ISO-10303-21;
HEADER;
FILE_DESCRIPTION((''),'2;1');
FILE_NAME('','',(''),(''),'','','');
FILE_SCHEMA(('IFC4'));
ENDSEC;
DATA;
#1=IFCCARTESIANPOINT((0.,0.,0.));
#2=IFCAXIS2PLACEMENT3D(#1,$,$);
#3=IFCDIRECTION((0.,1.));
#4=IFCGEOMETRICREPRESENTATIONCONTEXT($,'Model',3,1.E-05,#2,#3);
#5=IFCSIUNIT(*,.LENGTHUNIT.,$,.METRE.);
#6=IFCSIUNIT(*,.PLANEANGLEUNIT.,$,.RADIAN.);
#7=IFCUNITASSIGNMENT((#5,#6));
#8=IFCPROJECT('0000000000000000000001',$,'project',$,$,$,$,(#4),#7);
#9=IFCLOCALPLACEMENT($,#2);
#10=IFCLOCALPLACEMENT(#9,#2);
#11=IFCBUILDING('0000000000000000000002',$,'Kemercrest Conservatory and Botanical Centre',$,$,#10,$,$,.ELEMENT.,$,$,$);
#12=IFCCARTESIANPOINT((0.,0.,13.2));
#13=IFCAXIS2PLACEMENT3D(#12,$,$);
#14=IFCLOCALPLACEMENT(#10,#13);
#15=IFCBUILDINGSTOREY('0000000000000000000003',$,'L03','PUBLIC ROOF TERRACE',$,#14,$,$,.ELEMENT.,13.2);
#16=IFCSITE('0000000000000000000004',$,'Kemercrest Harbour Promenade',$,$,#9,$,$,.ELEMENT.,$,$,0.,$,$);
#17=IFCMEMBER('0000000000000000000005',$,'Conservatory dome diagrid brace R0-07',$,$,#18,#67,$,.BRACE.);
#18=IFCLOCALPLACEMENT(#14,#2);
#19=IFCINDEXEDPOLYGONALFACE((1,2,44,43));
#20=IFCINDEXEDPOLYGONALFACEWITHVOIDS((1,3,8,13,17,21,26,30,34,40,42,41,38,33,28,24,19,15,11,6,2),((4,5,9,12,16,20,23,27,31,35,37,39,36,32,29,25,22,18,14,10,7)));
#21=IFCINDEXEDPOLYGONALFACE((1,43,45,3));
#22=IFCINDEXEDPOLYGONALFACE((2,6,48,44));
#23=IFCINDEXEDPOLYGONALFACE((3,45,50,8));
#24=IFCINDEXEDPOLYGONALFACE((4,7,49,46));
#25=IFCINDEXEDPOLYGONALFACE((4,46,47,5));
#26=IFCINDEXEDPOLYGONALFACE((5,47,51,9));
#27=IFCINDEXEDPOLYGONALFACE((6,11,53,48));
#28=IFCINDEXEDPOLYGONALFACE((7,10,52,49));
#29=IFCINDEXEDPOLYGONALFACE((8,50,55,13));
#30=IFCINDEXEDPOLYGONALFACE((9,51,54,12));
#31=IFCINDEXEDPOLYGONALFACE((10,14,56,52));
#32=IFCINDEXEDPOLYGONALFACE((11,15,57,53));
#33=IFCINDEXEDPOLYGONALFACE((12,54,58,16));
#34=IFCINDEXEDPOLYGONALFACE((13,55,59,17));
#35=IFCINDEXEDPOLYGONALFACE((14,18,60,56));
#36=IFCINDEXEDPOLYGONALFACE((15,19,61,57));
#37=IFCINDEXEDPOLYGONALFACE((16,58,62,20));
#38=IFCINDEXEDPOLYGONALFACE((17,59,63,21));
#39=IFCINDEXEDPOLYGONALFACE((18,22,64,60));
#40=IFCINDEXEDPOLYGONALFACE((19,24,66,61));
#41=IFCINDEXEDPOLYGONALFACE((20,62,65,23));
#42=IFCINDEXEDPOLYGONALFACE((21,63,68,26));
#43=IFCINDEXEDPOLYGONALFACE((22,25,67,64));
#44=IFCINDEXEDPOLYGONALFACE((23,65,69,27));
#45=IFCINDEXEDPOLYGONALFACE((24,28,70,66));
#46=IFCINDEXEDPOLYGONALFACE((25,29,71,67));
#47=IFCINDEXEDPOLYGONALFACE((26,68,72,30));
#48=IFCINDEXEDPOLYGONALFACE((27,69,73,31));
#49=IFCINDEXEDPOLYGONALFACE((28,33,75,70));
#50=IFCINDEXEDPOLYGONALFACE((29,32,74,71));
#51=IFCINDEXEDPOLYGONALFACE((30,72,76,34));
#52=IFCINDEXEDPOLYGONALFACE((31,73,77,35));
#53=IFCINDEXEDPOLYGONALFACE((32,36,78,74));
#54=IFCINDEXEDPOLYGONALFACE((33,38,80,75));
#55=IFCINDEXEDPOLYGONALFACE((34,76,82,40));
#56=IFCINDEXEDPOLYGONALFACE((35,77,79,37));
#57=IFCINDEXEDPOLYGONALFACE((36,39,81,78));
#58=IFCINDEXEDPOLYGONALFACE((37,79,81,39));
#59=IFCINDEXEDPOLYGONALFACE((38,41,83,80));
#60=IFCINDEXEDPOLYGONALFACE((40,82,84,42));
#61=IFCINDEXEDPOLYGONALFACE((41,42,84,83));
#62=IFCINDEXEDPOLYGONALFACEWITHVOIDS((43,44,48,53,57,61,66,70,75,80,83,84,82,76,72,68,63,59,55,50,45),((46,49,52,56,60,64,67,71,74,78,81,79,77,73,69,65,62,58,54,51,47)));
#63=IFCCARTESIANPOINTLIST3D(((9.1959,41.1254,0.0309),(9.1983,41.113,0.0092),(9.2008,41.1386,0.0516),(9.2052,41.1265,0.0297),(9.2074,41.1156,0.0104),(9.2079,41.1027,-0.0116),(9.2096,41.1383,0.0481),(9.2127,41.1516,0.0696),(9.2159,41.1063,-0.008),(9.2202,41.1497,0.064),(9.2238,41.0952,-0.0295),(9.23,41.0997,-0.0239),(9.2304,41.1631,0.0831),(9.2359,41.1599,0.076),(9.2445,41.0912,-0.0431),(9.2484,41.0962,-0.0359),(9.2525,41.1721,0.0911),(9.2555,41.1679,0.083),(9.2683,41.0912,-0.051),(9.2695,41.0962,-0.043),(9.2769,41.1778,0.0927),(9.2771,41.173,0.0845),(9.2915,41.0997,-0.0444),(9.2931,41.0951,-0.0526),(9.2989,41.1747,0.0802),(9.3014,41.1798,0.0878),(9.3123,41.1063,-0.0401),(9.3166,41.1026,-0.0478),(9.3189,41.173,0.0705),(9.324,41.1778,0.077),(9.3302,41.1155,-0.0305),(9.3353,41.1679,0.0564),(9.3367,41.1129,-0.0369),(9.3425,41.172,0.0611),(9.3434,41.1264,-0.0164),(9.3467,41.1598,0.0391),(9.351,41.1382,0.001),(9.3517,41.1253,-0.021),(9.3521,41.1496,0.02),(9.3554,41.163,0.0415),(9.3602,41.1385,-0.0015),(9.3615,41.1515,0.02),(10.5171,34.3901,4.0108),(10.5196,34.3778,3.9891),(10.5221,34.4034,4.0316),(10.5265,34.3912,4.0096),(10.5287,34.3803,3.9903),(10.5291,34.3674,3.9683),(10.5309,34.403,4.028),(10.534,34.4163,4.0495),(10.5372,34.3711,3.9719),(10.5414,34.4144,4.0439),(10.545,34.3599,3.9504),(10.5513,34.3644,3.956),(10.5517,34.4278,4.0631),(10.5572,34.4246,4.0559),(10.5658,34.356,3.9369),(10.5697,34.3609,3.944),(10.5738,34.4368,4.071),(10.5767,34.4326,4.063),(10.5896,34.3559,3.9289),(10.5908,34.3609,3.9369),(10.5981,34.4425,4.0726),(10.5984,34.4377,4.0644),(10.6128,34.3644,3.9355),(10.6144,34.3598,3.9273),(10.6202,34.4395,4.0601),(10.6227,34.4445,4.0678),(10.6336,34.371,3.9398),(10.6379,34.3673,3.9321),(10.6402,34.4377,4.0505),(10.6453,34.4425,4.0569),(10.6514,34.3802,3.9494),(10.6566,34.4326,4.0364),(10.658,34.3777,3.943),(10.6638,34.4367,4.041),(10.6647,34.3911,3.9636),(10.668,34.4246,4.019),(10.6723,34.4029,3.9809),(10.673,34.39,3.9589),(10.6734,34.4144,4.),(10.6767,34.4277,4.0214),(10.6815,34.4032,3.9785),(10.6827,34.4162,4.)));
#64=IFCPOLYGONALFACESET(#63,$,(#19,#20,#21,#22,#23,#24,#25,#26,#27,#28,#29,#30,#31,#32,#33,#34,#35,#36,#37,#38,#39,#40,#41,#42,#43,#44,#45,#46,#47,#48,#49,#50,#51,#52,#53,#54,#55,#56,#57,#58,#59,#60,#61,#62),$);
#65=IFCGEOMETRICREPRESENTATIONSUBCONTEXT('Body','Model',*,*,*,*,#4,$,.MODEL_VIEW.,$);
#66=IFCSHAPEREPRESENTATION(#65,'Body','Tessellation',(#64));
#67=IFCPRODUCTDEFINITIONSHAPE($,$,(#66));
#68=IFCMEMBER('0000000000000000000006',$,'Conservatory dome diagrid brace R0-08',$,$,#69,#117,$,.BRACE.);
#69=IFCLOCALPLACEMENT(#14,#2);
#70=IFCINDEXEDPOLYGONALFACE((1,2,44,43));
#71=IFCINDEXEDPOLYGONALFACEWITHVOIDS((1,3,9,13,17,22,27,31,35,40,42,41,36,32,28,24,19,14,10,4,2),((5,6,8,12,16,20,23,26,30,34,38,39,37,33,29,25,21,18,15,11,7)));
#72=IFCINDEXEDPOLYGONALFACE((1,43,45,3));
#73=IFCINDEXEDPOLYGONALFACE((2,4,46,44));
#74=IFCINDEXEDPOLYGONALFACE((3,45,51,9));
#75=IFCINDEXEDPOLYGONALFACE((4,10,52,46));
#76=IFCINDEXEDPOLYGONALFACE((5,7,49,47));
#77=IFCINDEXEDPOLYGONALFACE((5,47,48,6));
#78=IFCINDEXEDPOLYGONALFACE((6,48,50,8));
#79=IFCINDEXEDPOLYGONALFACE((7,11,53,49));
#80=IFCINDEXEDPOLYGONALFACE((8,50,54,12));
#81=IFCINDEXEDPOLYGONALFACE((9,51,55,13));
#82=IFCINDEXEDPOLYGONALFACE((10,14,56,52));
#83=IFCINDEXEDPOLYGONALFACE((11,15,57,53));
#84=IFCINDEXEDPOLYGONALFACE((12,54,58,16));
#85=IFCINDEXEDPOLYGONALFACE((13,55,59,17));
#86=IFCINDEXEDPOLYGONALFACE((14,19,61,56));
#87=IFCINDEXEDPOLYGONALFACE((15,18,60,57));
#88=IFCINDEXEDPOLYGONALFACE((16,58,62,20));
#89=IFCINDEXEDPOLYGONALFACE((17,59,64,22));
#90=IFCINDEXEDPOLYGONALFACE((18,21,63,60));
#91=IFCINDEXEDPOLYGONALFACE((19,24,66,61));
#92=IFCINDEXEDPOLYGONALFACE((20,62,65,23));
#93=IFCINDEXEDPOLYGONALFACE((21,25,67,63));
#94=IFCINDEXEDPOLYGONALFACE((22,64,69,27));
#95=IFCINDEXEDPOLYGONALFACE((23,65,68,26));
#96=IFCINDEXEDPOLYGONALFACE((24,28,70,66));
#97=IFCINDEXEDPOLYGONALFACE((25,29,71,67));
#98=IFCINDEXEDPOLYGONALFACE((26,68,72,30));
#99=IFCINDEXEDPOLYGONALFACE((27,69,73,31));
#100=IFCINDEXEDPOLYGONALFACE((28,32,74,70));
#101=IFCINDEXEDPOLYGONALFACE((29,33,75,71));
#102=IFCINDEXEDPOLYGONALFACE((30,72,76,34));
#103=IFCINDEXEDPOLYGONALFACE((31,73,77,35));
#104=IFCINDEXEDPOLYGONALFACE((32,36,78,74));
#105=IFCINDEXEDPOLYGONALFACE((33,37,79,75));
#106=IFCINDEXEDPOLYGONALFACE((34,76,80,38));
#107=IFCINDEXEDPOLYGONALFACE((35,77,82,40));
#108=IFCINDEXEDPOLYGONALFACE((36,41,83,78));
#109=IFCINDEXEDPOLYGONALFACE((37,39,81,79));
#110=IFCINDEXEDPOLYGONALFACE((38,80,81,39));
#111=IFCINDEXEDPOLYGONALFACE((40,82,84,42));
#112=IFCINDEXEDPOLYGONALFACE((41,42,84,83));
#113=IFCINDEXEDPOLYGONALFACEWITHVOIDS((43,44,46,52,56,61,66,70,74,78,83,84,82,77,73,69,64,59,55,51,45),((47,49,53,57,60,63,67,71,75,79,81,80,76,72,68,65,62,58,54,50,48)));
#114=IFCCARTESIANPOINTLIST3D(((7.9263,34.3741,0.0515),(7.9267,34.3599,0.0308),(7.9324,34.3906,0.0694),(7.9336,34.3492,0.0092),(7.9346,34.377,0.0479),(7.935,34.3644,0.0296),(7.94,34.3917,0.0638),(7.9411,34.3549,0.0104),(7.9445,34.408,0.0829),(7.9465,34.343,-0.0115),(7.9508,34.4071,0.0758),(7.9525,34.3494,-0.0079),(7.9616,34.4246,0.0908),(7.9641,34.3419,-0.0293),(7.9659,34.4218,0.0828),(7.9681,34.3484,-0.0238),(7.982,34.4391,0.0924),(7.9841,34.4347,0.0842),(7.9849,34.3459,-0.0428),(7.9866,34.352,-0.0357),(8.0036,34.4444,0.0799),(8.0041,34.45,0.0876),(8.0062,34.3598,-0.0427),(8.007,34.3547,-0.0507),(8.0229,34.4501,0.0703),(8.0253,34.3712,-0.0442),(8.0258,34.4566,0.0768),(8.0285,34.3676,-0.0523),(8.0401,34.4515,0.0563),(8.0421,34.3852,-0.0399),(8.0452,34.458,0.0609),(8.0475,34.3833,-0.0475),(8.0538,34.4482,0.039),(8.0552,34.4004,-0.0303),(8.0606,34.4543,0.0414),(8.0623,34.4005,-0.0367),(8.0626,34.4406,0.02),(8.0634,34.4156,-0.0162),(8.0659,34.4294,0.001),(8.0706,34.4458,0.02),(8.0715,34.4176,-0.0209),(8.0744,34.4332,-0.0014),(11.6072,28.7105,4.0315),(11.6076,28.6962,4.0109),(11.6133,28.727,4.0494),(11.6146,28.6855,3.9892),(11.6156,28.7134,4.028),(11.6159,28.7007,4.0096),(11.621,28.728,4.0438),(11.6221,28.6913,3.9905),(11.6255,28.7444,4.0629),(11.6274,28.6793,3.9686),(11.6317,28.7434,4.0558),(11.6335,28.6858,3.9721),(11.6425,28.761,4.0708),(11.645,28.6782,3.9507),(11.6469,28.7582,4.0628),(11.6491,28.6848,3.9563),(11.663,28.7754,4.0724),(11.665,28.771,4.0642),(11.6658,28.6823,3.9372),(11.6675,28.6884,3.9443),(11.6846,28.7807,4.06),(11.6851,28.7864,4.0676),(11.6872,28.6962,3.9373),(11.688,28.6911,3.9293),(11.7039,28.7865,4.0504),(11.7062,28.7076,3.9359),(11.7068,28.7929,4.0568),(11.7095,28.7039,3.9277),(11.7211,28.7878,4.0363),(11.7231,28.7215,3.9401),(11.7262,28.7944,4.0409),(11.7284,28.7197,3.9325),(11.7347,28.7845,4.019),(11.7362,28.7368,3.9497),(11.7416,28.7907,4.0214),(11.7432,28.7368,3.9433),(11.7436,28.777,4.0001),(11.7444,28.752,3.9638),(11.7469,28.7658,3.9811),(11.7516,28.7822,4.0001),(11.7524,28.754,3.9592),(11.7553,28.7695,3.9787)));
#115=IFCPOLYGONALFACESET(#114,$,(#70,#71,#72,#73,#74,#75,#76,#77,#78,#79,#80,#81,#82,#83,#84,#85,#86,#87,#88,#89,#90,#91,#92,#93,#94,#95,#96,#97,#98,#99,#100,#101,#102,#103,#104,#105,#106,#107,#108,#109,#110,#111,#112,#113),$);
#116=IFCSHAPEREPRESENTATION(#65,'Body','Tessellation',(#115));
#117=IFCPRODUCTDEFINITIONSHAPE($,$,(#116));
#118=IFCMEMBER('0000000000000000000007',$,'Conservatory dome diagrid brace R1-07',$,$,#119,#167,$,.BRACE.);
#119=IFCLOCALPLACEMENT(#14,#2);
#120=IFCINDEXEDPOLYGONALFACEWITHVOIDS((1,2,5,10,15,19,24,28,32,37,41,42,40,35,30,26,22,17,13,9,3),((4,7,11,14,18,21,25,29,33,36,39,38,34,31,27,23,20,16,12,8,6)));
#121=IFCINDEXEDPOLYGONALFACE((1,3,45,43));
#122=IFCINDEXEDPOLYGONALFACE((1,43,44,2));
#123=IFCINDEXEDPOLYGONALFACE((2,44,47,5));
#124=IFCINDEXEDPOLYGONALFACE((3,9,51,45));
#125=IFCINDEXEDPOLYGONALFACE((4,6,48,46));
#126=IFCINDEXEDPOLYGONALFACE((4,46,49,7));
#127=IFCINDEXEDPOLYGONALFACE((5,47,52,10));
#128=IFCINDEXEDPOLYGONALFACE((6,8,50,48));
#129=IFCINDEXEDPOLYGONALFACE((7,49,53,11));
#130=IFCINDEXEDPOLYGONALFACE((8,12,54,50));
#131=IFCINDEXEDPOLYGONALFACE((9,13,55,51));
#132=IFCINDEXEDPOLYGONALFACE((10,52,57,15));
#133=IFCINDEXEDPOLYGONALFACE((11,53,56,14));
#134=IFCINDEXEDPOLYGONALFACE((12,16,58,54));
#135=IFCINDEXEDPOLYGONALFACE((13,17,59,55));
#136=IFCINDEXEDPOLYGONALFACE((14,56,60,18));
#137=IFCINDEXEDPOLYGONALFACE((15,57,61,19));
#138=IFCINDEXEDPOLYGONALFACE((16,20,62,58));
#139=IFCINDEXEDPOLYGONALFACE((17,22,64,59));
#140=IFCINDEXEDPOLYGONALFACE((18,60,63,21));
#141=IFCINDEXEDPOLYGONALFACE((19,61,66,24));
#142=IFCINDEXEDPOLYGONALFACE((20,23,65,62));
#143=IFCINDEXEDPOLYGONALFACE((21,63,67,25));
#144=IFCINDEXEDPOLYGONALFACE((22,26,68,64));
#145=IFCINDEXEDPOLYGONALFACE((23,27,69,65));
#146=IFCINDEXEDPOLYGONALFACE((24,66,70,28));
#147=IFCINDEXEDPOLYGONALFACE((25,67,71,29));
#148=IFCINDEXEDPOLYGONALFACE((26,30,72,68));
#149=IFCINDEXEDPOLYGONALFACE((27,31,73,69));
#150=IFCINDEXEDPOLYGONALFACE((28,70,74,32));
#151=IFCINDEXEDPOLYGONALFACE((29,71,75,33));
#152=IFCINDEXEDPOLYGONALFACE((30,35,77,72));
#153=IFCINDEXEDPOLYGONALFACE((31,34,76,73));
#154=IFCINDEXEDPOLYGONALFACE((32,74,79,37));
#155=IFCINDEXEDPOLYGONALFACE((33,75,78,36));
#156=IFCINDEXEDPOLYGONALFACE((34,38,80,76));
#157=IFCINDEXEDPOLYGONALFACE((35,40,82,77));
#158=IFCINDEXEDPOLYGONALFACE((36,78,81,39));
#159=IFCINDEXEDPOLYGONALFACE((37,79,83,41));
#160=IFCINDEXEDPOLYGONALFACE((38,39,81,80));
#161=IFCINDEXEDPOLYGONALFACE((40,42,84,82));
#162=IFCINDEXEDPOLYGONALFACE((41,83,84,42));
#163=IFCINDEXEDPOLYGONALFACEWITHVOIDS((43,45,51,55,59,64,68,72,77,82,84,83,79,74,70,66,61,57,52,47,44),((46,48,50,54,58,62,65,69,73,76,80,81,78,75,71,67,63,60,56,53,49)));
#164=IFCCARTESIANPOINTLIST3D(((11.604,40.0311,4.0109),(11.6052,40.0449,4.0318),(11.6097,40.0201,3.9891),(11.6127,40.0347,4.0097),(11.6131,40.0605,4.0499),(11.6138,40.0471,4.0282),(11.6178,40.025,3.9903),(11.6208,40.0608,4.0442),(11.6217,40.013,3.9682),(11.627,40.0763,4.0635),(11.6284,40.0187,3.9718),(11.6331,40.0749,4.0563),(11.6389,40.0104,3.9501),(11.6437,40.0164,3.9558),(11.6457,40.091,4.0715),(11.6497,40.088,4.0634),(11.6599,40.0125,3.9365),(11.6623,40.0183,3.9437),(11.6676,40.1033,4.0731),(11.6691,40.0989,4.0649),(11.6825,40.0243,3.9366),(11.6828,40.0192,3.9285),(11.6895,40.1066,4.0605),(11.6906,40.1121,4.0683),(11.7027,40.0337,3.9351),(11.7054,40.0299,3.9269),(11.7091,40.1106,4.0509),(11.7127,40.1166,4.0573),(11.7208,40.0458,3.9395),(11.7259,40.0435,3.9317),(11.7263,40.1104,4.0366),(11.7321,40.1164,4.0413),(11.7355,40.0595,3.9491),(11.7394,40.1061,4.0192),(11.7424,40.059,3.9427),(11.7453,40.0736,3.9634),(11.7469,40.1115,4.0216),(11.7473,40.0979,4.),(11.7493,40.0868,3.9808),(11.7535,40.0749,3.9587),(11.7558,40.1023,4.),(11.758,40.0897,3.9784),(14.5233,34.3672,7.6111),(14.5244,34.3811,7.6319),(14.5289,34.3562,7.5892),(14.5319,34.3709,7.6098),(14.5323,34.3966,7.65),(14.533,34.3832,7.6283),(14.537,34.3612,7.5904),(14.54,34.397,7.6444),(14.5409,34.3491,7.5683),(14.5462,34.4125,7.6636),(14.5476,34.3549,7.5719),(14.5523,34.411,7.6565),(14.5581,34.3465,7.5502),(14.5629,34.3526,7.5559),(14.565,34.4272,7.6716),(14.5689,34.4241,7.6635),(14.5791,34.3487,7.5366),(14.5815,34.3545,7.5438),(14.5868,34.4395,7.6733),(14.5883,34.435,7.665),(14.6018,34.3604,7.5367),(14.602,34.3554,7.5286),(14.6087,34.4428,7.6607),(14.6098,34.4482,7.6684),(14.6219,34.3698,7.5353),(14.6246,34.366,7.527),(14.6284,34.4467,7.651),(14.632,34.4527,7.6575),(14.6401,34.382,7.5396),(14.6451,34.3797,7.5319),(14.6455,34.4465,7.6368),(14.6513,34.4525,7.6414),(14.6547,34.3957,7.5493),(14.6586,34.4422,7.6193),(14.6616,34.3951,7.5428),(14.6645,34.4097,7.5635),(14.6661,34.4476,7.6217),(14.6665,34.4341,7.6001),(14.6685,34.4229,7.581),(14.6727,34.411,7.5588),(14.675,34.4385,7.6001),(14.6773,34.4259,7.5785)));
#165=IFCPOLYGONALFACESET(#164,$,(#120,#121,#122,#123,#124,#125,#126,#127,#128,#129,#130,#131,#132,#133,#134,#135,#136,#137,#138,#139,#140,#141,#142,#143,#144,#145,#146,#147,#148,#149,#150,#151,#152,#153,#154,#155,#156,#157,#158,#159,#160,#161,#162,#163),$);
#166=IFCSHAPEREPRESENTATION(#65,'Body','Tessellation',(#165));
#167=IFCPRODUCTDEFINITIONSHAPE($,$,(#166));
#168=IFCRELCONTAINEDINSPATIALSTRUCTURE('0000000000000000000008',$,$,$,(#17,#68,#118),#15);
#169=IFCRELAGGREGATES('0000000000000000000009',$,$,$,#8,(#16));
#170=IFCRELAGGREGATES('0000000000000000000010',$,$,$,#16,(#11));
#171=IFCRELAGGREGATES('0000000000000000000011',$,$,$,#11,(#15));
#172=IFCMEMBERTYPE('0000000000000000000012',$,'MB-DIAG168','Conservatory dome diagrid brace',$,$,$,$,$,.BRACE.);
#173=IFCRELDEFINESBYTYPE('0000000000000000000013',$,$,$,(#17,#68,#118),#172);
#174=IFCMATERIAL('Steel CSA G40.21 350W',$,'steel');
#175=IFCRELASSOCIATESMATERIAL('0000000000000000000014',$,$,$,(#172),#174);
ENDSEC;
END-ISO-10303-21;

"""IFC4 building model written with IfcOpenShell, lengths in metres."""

from ifc_helpers import new_model, si_unit, direction, frame, origin, origin_2d, place, context, subcontext, project, spatial, hollow_circle, extrude, material, material_profile, profile_set, type_object, element, save


model = new_model("IFC4")

# Units and contexts
model_context = context("Model", 3, precision=1e-05, world=origin(), true_north=direction((0.0, 1.0)))
body_context = subcontext(model_context, "Body", "Model", "MODEL_VIEW")
ifc_project = project(units=[si_unit("LENGTHUNIT", "METRE"), si_unit("PLANEANGLEUNIT", "RADIAN")], contexts=[model_context])

# Site, building, storey
site_placement = place(None, origin())
site = spatial("IfcSite", under=ifc_project, at=site_placement, Name="Kemercrest Harbour Promenade", CompositionType="ELEMENT", RefElevation=0.0)
building_placement = place(site_placement, origin())
building = spatial("IfcBuilding", under=site, at=building_placement, Name="Kemercrest Conservatory and Botanical Centre", CompositionType="ELEMENT")
storey_placement = place(building_placement, frame((0.0, 0.0, 13.2)))
storey = spatial("IfcBuildingStorey", under=building, at=storey_placement, Name="L03", Description="PUBLIC ROOF TERRACE", CompositionType="ELEMENT", Elevation=13.2)

# Shared definitions
ifc_material_1 = material(Name="Steel CSA G40.21 350W", Category="steel")

# Members
ifc_material_profile_1 = material_profile(ifc_material_1, hollow_circle(Radius=0.0842, WallThickness=0.0095, at=origin_2d()), Name="CHS 168.3x9.5")
ifc_profile_set_1 = profile_set([ifc_material_profile_1], Name="Steel CSA G40.21 350W")
member_type_1 = type_object("IfcMemberType", Name="MB-DIAG168", Description="Conservatory dome diagrid brace", PredefinedType="BRACE", material=ifc_profile_set_1)
member_1_placement = place(storey_placement, frame((9.2788, 41.1353, 0.02), z_axis=(0.166532, -0.848905, 0.501625), x_axis=(0.981296, 0.192503, 0.0)))
element("IfcMember", 1, at=member_1_placement, inside=storey, type_object=member_type_1, Name="Conservatory dome diagrid brace R0-07", PredefinedType="BRACE", context=body_context, shape_type="SweptSolid", body=[
    extrude(hollow_circle(Radius=0.0842, WallThickness=0.0095, at=origin_2d()), origin(), (0.0, 0.0, 1.0), 7.9341),
])
member_2_placement = place(storey_placement, frame((8.0, 34.3999, 0.02), z_axis=(0.469504, -0.722396, 0.507651), x_axis=(0.838472, 0.544945, 0.0)))
element("IfcMember", 2, at=member_2_placement, inside=storey, type_object=member_type_1, Name="Conservatory dome diagrid brace R0-08", PredefinedType="BRACE", context=body_context, shape_type="SweptSolid", body=[
    extrude(hollow_circle(Radius=0.0842, WallThickness=0.0095, at=origin_2d()), origin(), (0.0, 0.0, 1.0), 7.8401),
])
member_3_placement = place(storey_placement, frame((11.6809, 40.0637, 4.0), z_axis=(0.398875, -0.773899, 0.491914), x_axis=(0.888881, 0.458138, 0.0)))
element("IfcMember", 3, at=member_3_placement, inside=storey, type_object=member_type_1, Name="Conservatory dome diagrid brace R1-07", PredefinedType="BRACE", context=body_context, shape_type="SweptSolid", body=[
    extrude(hollow_circle(Radius=0.0842, WallThickness=0.0095, at=origin_2d()), origin(), (0.0, 0.0, 1.0), 7.3186),
])

save(model, "model.ifc")
